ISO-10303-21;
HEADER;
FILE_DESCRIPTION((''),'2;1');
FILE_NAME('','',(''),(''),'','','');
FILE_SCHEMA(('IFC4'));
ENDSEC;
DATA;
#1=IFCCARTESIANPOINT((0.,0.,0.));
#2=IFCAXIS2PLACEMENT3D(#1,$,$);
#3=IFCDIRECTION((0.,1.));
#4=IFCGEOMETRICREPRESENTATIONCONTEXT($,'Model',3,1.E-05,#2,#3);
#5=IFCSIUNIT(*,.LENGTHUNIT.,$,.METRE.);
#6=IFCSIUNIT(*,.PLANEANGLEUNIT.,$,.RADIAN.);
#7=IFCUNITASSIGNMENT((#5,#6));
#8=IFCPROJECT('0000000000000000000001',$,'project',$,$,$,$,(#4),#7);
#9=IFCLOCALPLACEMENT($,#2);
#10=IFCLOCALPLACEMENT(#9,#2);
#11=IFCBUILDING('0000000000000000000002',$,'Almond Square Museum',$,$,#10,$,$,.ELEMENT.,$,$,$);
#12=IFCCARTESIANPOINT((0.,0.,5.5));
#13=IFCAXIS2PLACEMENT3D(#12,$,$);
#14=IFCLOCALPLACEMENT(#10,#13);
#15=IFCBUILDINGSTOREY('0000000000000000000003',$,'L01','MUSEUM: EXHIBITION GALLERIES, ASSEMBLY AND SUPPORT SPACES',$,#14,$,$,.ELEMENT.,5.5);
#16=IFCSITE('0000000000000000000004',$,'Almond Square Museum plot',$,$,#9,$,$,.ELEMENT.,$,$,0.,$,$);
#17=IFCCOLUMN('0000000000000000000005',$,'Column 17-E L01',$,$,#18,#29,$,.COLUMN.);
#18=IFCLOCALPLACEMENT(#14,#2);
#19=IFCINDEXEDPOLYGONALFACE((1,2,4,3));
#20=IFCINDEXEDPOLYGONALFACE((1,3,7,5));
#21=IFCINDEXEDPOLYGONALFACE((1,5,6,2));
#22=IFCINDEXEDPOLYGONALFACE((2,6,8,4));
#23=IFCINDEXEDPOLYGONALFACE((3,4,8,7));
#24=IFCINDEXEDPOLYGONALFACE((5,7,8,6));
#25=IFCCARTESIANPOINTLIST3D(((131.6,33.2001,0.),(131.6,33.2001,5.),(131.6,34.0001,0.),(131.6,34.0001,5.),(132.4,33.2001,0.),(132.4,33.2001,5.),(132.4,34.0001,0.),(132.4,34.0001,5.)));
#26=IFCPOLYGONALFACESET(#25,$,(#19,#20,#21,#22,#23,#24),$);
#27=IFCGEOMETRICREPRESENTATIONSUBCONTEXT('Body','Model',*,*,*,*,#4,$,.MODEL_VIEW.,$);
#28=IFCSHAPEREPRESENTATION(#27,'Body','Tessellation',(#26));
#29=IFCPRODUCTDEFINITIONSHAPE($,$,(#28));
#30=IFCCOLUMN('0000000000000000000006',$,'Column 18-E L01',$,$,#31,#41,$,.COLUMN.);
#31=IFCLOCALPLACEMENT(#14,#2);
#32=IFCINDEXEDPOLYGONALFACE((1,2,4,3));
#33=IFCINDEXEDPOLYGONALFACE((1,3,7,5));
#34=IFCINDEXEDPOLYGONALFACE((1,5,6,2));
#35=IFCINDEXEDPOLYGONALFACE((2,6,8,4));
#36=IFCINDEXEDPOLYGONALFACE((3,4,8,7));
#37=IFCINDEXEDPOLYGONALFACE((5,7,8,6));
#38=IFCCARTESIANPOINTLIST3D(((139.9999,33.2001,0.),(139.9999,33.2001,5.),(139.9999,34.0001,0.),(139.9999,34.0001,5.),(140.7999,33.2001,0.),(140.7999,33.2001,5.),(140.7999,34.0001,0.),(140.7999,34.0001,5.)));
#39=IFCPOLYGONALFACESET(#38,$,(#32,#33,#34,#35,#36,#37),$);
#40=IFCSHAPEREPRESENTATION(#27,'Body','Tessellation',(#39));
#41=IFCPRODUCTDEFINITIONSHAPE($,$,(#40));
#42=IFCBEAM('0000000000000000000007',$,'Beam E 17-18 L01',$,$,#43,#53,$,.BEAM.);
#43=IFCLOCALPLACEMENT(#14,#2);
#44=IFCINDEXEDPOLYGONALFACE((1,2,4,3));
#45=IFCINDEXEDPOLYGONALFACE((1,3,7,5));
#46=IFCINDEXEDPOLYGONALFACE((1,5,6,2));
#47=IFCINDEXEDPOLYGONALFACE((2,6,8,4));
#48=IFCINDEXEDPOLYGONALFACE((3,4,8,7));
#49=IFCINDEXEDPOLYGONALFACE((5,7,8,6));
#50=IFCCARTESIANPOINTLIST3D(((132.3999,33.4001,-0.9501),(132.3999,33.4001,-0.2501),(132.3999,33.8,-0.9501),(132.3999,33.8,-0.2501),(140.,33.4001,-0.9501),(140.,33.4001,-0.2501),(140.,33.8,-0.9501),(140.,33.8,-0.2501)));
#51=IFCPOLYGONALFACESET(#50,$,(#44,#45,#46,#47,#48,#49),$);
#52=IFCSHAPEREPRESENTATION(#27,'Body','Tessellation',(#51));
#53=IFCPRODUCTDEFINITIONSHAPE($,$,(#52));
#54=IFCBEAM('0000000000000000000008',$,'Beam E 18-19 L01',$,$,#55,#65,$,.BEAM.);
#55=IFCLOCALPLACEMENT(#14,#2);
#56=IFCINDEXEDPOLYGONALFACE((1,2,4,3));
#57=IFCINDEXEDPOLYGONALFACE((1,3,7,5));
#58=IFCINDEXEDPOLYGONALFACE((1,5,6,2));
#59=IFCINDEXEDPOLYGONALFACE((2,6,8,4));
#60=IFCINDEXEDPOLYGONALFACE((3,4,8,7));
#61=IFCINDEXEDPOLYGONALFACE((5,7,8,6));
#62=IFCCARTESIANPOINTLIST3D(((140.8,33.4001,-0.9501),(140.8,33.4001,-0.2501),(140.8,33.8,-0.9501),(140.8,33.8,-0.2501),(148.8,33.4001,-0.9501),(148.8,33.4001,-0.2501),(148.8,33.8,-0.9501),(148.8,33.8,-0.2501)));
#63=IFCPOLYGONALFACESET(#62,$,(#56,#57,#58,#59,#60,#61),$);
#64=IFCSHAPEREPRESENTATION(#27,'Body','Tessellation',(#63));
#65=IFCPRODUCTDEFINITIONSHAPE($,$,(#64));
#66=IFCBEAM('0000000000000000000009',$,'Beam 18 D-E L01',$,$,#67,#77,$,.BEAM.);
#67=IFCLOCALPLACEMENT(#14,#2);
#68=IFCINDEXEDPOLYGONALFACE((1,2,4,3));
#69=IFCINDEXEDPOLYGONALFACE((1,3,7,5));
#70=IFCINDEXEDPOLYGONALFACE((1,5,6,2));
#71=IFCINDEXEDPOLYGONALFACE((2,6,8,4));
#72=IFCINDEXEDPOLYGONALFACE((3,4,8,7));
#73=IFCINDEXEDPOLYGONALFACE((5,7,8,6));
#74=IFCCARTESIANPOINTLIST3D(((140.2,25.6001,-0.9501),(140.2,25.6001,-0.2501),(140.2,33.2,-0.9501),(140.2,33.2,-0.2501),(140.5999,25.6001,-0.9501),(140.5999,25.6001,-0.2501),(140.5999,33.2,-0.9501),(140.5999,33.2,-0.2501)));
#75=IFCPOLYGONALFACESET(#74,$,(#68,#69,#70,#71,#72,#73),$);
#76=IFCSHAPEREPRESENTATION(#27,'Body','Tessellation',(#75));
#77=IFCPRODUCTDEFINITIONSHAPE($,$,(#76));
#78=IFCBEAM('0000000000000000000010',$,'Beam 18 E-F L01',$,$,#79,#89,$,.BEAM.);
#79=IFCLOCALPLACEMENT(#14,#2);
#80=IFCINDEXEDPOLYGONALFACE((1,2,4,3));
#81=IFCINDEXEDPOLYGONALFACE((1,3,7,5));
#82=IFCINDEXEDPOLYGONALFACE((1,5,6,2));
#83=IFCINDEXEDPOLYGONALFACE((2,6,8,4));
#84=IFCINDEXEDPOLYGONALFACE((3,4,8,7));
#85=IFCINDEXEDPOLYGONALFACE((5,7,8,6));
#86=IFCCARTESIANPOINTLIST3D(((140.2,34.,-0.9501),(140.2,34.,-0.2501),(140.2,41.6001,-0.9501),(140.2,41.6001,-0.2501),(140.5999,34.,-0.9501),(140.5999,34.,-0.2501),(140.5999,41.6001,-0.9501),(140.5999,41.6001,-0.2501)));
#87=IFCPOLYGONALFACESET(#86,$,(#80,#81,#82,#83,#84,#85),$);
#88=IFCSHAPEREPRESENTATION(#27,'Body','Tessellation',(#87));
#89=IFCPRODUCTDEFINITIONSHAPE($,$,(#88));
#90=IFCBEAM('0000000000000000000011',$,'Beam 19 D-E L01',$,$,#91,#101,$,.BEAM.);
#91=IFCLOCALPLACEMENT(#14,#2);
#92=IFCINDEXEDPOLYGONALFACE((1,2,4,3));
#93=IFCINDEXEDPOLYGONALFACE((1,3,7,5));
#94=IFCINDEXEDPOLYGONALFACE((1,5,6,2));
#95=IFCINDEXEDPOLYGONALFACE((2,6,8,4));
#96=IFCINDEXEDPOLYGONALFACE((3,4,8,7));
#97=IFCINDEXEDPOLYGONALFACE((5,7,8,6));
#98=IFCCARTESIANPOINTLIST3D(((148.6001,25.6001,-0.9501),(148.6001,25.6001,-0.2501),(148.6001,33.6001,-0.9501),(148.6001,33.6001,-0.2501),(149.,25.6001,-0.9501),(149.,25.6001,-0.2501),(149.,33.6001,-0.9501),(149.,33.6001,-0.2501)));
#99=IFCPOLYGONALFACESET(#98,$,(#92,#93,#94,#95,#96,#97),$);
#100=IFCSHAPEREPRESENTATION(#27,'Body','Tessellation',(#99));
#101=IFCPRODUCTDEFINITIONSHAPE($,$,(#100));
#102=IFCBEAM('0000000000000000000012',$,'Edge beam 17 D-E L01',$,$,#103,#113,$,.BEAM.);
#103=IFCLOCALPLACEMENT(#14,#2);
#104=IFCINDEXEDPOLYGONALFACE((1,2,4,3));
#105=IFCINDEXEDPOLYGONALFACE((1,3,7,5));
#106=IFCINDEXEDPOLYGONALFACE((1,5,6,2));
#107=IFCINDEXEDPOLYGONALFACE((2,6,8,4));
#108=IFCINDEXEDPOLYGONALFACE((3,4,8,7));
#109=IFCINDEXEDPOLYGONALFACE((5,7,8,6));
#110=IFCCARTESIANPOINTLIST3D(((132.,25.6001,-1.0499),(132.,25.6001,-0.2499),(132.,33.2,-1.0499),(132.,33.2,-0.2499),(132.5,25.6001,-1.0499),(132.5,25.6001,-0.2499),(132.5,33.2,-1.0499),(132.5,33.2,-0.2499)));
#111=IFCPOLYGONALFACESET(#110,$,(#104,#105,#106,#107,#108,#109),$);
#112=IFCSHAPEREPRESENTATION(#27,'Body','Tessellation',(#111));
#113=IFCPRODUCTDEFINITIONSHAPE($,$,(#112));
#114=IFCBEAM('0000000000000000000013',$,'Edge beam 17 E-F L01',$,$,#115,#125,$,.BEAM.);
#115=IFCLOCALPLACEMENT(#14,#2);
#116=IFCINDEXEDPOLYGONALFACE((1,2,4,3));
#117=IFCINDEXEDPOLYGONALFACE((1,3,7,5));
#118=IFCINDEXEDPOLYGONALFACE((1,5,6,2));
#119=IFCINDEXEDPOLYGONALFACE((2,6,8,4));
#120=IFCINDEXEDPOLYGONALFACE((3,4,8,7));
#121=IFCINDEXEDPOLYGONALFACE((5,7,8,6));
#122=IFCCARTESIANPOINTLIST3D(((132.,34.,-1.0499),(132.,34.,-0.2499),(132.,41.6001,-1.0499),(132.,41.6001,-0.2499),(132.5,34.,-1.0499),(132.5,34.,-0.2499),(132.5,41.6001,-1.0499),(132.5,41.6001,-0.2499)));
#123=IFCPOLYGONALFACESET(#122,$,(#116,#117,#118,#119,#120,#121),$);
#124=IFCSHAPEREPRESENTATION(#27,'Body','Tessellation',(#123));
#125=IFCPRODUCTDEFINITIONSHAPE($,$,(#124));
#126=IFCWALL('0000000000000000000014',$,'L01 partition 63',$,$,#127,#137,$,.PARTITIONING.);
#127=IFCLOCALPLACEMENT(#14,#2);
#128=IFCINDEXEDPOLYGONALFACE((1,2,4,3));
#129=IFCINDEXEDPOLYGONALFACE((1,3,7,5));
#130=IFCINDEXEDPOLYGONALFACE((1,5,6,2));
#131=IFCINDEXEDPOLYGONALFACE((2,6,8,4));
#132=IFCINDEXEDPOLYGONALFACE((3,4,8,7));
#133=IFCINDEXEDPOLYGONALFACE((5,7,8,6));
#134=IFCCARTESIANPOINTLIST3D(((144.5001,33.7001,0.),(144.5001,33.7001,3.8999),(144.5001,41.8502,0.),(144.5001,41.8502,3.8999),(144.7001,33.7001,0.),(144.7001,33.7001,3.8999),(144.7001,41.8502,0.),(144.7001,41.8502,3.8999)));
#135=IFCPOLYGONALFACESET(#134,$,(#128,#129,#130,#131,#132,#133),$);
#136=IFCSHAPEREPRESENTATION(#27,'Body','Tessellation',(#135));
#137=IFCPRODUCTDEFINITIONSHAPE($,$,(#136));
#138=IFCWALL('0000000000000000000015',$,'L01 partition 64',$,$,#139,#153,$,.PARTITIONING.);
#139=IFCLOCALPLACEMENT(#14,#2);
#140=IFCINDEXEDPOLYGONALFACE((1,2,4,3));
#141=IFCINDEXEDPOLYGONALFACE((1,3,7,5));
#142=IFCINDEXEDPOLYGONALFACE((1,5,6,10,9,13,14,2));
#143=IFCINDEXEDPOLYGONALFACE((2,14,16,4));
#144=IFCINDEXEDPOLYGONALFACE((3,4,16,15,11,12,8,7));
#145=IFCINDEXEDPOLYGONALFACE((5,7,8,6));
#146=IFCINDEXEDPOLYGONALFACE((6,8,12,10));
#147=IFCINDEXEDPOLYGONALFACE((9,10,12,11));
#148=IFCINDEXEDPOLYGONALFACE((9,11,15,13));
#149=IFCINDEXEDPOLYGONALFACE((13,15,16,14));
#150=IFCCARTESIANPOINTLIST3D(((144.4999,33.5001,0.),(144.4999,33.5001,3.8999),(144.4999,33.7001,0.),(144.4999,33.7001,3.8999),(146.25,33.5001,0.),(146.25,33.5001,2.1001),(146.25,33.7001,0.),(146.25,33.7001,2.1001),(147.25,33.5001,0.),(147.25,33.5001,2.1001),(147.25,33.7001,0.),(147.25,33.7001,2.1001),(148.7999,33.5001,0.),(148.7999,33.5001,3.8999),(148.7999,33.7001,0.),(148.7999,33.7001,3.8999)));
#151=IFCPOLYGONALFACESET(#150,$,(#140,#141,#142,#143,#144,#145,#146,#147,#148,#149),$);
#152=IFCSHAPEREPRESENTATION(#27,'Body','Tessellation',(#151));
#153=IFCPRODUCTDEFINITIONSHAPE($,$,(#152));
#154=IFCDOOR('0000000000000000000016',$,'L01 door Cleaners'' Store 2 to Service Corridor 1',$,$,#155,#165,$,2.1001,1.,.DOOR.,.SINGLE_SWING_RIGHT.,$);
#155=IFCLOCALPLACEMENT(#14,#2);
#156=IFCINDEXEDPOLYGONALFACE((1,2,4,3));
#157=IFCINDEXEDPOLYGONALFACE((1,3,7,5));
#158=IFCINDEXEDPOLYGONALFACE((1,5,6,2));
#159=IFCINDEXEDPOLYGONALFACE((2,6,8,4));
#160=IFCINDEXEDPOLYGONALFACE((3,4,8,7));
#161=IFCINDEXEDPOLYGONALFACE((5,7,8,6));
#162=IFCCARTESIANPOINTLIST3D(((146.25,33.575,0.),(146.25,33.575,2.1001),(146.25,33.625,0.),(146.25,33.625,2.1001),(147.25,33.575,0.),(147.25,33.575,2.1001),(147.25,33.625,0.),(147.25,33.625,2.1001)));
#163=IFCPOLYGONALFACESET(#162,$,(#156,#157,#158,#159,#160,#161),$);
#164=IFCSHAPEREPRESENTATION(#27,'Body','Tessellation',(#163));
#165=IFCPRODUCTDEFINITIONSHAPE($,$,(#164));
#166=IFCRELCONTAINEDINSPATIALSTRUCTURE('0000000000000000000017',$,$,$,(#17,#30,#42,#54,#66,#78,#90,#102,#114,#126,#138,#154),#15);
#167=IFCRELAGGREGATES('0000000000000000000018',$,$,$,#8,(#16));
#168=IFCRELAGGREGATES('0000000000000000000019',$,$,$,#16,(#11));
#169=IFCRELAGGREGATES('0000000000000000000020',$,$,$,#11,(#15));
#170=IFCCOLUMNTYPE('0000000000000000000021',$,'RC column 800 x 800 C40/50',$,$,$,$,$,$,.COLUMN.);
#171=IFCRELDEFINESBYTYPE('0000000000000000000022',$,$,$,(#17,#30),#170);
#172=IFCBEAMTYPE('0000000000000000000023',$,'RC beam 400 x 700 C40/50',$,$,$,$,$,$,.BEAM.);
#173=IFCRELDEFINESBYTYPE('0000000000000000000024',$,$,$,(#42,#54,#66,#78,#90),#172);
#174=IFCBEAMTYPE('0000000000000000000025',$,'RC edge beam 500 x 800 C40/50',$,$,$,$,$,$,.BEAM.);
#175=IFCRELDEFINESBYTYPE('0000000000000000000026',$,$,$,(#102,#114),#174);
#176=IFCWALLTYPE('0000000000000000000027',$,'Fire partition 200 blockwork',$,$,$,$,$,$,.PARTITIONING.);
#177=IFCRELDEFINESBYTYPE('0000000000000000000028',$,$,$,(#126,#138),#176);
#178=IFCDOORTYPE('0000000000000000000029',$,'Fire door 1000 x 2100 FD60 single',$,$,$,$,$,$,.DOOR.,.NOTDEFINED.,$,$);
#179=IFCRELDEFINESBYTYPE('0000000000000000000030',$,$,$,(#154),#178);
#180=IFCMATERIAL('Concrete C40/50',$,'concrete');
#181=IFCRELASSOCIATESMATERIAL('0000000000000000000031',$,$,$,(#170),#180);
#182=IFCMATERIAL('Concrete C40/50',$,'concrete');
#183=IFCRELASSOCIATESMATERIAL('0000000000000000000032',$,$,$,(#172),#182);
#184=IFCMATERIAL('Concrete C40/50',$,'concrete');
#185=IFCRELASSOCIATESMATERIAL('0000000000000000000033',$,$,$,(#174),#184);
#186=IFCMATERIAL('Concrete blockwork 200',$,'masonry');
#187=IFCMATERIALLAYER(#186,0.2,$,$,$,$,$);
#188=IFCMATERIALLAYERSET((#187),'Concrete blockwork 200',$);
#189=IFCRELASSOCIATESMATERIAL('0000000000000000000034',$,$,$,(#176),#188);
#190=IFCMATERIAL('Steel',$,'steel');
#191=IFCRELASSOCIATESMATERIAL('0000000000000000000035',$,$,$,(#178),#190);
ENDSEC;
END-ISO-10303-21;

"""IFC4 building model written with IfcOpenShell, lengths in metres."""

from ifc_helpers import new_model, si_unit, direction, frame, frame_2d, origin, origin_2d, place, context, subcontext, project, spatial, rectangle, extrude, material, layer, layer_set, material_profile, profile_set, type_object, element, fill, save


model = new_model("IFC4")

# Units and contexts
model_context = context("Model", 3, precision=1e-05, world=origin(), true_north=direction((0.0, 1.0)))
body_context = subcontext(model_context, "Body", "Model", "MODEL_VIEW")
ifc_project = project(units=[si_unit("LENGTHUNIT", "METRE"), si_unit("PLANEANGLEUNIT", "RADIAN")], contexts=[model_context])

# Site, building, storey
site_placement = place(None, origin())
site = spatial("IfcSite", under=ifc_project, at=site_placement, Name="Almond Square Museum plot", CompositionType="ELEMENT", RefElevation=0.0)
building_placement = place(site_placement, origin())
building = spatial("IfcBuilding", under=site, at=building_placement, Name="Almond Square Museum", CompositionType="ELEMENT")
storey_placement = place(building_placement, frame((0.0, 0.0, 5.5)))
storey = spatial("IfcBuildingStorey", under=building, at=storey_placement, Name="L01", Description="MUSEUM: EXHIBITION GALLERIES, ASSEMBLY AND SUPPORT SPACES", CompositionType="ELEMENT", Elevation=5.5)

# Columns
ifc_material_1 = material(Name="Concrete C40/50", Category="concrete")
ifc_material_profile_1 = material_profile(ifc_material_1, rectangle(XDim=0.8, YDim=0.8, at=origin_2d()))
ifc_profile_set_1 = profile_set([ifc_material_profile_1], Name="Concrete C40/50")
column_type = type_object("IfcColumnType", Name="RC column 800 x 800 C40/50", PredefinedType="COLUMN", material=ifc_profile_set_1)
for number, where, z_axis, x_axis, name in (
    (1, (132.0, 33.6001, 0.0), (0.0, 0.0, 1.0), (1.0, 0.0, 0.0), "Column 17-E L01"),
    (2, (140.3999, 33.6001, 0.0), (0.0, 0.0, 1.0), (1.0, 0.0, 0.0), "Column 18-E L01"),
):
    element("IfcColumn", number, at=place(storey_placement, frame(where, z_axis=z_axis, x_axis=x_axis)), inside=storey, type_object=column_type, Name=name, PredefinedType="COLUMN", context=body_context, shape_type="SweptSolid", body=[
        extrude(rectangle(XDim=0.8, YDim=0.8, at=origin_2d()), origin(), (0.0, 0.0, 1.0), 5.0),
    ])

# Beams
ifc_material_2 = material(Name="Concrete C40/50", Category="concrete")
ifc_material_profile_2 = material_profile(ifc_material_2, rectangle(XDim=0.3999, YDim=0.7, at=origin_2d()))
ifc_profile_set_2 = profile_set([ifc_material_profile_2], Name="Concrete C40/50")
beam_type_1 = type_object("IfcBeamType", Name="RC beam 400 x 700 C40/50", PredefinedType="BEAM", material=ifc_profile_set_2)
beam_1_placement = place(storey_placement, frame((132.3999, 33.6001, -0.6001), z_axis=(1.0, 0.0, 0.0), x_axis=(0.0, 1.0, 0.0)))
element("IfcBeam", 3, at=beam_1_placement, inside=storey, type_object=beam_type_1, Name="Beam E 17-18 L01", PredefinedType="BEAM", context=body_context, shape_type="SweptSolid", body=[
    extrude(rectangle(XDim=0.3999, YDim=0.7, at=origin_2d()), origin(), (0.0, 0.0, 1.0), 7.6001),
])
beam_2_placement = place(storey_placement, frame((140.8, 33.6001, -0.6001), z_axis=(1.0, 0.0, 0.0), x_axis=(0.0, 1.0, 0.0)))
element("IfcBeam", 4, at=beam_2_placement, inside=storey, type_object=beam_type_1, Name="Beam E 18-19 L01", PredefinedType="BEAM", context=body_context, shape_type="SweptSolid", body=[
    extrude(rectangle(XDim=0.3999, YDim=0.7, at=origin_2d()), origin(), (0.0, 0.0, 1.0), 8.0),
])
beam_3_placement = place(storey_placement, frame((140.3999, 25.6001, -0.6001), z_axis=(0.0, 1.0, 0.0), x_axis=(-1.0, 0.0, 0.0)))
element("IfcBeam", 5, at=beam_3_placement, inside=storey, type_object=beam_type_1, Name="Beam 18 D-E L01", PredefinedType="BEAM", context=body_context, shape_type="SweptSolid", body=[
    extrude(rectangle(XDim=0.3999, YDim=0.7, at=origin_2d()), origin(), (0.0, 0.0, 1.0), 7.5999),
])
beam_4_placement = place(storey_placement, frame((140.3999, 34.0, -0.6001), z_axis=(0.0, 1.0, 0.0), x_axis=(-1.0, 0.0, 0.0)))
element("IfcBeam", 6, at=beam_4_placement, inside=storey, type_object=beam_type_1, Name="Beam 18 E-F L01", PredefinedType="BEAM", context=body_context, shape_type="SweptSolid", body=[
    extrude(rectangle(XDim=0.3999, YDim=0.7, at=origin_2d()), origin(), (0.0, 0.0, 1.0), 7.6001),
])
beam_5_placement = place(storey_placement, frame((148.8, 25.6001, -0.6001), z_axis=(0.0, 1.0, 0.0), x_axis=(-1.0, 0.0, 0.0)))
element("IfcBeam", 7, at=beam_5_placement, inside=storey, type_object=beam_type_1, Name="Beam 19 D-E L01", PredefinedType="BEAM", context=body_context, shape_type="SweptSolid", body=[
    extrude(rectangle(XDim=0.3999, YDim=0.7, at=origin_2d()), origin(), (0.0, 0.0, 1.0), 8.0),
])
ifc_material_3 = material(Name="Concrete C40/50", Category="concrete")
ifc_material_profile_3 = material_profile(ifc_material_3, rectangle(XDim=0.5, YDim=0.8, at=origin_2d()))
ifc_profile_set_3 = profile_set([ifc_material_profile_3], Name="Concrete C40/50")
beam_type_2 = type_object("IfcBeamType", Name="RC edge beam 500 x 800 C40/50", PredefinedType="BEAM", material=ifc_profile_set_3)
beam_6_placement = place(storey_placement, frame((132.25, 25.6001, -0.6499), z_axis=(0.0, 1.0, 0.0), x_axis=(-1.0, 0.0, 0.0)))
element("IfcBeam", 8, at=beam_6_placement, inside=storey, type_object=beam_type_2, Name="Edge beam 17 D-E L01", PredefinedType="BEAM", context=body_context, shape_type="SweptSolid", body=[
    extrude(rectangle(XDim=0.5, YDim=0.8, at=origin_2d()), origin(), (0.0, 0.0, 1.0), 7.5999),
])
beam_7_placement = place(storey_placement, frame((132.25, 34.0, -0.6499), z_axis=(0.0, 1.0, 0.0), x_axis=(-1.0, 0.0, 0.0)))
element("IfcBeam", 9, at=beam_7_placement, inside=storey, type_object=beam_type_2, Name="Edge beam 17 E-F L01", PredefinedType="BEAM", context=body_context, shape_type="SweptSolid", body=[
    extrude(rectangle(XDim=0.5, YDim=0.8, at=origin_2d()), origin(), (0.0, 0.0, 1.0), 7.6001),
])

# Wall
ifc_material_4 = material(Name="Concrete blockwork 200", Category="masonry")
ifc_layer_1 = layer(ifc_material_4, 0.2)
ifc_layer_set_1 = layer_set([ifc_layer_1], Name="Concrete blockwork 200")
wall_type_1 = type_object("IfcWallType", Name="Fire partition 200 blockwork", PredefinedType="PARTITIONING", material=ifc_layer_set_1)
wall_1_placement = place(storey_placement, frame((144.6001, 33.7, 0.0), z_axis=(0.0, 0.0, 1.0), x_axis=(0.0, 1.0, 0.0)))
element("IfcWall", 10, at=wall_1_placement, inside=storey, type_object=wall_type_1, Name="L01 partition 63", PredefinedType="PARTITIONING", context=body_context, shape_type="SweptSolid", body=[
    extrude(rectangle(XDim=8.1501, YDim=0.2, at=frame_2d((4.0752, 0.0))), origin(), (0.0, 0.0, 1.0), 3.8999),
])

# Wall, opening, door
wall_2_placement = place(storey_placement, frame((144.5, 33.6001, 0.0), z_axis=(0.0, 0.0, 1.0), x_axis=(1.0, 0.0, 0.0)))
wall_2 = element("IfcWall", 11, at=wall_2_placement, inside=storey, type_object=wall_type_1, Name="L01 partition 64", PredefinedType="PARTITIONING", context=body_context, shape_type="SweptSolid", body=[
    extrude(rectangle(XDim=4.3, YDim=0.2, at=frame_2d((2.1499, 0.0))), origin(), (0.0, 0.0, 1.0), 3.8999),
])
opening_1_placement = place(wall_2_placement, frame((1.75, 0.0, 0.0)))
opening_1 = element("IfcOpeningElement", 12, at=opening_1_placement, cuts=wall_2, PredefinedType="OPENING", context=body_context, shape_type="SweptSolid", body=[
    extrude(rectangle(XDim=1.0, YDim=2.1001, at=frame_2d((0.5, 1.05))), frame((0.0, 0.1099, 0.0), z_axis=(0.0, -1.0, 0.0), x_axis=(1.0, 0.0, 0.0)), (0.0, 0.0, 1.0), 0.22),
])
ifc_material_5 = material(Name="Steel", Category="steel")
door_type_1 = type_object("IfcDoorType", Name="Fire door 1000 x 2100 FD60 single", OperationType="NOTDEFINED", PredefinedType="DOOR", material=ifc_material_5)
door_1_placement = place(opening_1_placement, origin())
door_1 = element("IfcDoor", 13, at=door_1_placement, inside=storey, type_object=door_type_1, Name="L01 door Cleaners' Store 2 to Service Corridor 1", OperationType="SINGLE_SWING_RIGHT", OverallHeight=2.1001, OverallWidth=1.0, PredefinedType="DOOR", context=body_context, shape_type="SweptSolid", body=[
    extrude(rectangle(XDim=1.0, YDim=2.1001, at=frame_2d((0.5, 1.05))), frame((0.0, 0.0249, 0.0), z_axis=(0.0, -1.0, 0.0), x_axis=(1.0, 0.0, 0.0)), (0.0, 0.0, 1.0), 0.05),
])
fill(opening_1, door_1)

save(model, "model.ifc")
